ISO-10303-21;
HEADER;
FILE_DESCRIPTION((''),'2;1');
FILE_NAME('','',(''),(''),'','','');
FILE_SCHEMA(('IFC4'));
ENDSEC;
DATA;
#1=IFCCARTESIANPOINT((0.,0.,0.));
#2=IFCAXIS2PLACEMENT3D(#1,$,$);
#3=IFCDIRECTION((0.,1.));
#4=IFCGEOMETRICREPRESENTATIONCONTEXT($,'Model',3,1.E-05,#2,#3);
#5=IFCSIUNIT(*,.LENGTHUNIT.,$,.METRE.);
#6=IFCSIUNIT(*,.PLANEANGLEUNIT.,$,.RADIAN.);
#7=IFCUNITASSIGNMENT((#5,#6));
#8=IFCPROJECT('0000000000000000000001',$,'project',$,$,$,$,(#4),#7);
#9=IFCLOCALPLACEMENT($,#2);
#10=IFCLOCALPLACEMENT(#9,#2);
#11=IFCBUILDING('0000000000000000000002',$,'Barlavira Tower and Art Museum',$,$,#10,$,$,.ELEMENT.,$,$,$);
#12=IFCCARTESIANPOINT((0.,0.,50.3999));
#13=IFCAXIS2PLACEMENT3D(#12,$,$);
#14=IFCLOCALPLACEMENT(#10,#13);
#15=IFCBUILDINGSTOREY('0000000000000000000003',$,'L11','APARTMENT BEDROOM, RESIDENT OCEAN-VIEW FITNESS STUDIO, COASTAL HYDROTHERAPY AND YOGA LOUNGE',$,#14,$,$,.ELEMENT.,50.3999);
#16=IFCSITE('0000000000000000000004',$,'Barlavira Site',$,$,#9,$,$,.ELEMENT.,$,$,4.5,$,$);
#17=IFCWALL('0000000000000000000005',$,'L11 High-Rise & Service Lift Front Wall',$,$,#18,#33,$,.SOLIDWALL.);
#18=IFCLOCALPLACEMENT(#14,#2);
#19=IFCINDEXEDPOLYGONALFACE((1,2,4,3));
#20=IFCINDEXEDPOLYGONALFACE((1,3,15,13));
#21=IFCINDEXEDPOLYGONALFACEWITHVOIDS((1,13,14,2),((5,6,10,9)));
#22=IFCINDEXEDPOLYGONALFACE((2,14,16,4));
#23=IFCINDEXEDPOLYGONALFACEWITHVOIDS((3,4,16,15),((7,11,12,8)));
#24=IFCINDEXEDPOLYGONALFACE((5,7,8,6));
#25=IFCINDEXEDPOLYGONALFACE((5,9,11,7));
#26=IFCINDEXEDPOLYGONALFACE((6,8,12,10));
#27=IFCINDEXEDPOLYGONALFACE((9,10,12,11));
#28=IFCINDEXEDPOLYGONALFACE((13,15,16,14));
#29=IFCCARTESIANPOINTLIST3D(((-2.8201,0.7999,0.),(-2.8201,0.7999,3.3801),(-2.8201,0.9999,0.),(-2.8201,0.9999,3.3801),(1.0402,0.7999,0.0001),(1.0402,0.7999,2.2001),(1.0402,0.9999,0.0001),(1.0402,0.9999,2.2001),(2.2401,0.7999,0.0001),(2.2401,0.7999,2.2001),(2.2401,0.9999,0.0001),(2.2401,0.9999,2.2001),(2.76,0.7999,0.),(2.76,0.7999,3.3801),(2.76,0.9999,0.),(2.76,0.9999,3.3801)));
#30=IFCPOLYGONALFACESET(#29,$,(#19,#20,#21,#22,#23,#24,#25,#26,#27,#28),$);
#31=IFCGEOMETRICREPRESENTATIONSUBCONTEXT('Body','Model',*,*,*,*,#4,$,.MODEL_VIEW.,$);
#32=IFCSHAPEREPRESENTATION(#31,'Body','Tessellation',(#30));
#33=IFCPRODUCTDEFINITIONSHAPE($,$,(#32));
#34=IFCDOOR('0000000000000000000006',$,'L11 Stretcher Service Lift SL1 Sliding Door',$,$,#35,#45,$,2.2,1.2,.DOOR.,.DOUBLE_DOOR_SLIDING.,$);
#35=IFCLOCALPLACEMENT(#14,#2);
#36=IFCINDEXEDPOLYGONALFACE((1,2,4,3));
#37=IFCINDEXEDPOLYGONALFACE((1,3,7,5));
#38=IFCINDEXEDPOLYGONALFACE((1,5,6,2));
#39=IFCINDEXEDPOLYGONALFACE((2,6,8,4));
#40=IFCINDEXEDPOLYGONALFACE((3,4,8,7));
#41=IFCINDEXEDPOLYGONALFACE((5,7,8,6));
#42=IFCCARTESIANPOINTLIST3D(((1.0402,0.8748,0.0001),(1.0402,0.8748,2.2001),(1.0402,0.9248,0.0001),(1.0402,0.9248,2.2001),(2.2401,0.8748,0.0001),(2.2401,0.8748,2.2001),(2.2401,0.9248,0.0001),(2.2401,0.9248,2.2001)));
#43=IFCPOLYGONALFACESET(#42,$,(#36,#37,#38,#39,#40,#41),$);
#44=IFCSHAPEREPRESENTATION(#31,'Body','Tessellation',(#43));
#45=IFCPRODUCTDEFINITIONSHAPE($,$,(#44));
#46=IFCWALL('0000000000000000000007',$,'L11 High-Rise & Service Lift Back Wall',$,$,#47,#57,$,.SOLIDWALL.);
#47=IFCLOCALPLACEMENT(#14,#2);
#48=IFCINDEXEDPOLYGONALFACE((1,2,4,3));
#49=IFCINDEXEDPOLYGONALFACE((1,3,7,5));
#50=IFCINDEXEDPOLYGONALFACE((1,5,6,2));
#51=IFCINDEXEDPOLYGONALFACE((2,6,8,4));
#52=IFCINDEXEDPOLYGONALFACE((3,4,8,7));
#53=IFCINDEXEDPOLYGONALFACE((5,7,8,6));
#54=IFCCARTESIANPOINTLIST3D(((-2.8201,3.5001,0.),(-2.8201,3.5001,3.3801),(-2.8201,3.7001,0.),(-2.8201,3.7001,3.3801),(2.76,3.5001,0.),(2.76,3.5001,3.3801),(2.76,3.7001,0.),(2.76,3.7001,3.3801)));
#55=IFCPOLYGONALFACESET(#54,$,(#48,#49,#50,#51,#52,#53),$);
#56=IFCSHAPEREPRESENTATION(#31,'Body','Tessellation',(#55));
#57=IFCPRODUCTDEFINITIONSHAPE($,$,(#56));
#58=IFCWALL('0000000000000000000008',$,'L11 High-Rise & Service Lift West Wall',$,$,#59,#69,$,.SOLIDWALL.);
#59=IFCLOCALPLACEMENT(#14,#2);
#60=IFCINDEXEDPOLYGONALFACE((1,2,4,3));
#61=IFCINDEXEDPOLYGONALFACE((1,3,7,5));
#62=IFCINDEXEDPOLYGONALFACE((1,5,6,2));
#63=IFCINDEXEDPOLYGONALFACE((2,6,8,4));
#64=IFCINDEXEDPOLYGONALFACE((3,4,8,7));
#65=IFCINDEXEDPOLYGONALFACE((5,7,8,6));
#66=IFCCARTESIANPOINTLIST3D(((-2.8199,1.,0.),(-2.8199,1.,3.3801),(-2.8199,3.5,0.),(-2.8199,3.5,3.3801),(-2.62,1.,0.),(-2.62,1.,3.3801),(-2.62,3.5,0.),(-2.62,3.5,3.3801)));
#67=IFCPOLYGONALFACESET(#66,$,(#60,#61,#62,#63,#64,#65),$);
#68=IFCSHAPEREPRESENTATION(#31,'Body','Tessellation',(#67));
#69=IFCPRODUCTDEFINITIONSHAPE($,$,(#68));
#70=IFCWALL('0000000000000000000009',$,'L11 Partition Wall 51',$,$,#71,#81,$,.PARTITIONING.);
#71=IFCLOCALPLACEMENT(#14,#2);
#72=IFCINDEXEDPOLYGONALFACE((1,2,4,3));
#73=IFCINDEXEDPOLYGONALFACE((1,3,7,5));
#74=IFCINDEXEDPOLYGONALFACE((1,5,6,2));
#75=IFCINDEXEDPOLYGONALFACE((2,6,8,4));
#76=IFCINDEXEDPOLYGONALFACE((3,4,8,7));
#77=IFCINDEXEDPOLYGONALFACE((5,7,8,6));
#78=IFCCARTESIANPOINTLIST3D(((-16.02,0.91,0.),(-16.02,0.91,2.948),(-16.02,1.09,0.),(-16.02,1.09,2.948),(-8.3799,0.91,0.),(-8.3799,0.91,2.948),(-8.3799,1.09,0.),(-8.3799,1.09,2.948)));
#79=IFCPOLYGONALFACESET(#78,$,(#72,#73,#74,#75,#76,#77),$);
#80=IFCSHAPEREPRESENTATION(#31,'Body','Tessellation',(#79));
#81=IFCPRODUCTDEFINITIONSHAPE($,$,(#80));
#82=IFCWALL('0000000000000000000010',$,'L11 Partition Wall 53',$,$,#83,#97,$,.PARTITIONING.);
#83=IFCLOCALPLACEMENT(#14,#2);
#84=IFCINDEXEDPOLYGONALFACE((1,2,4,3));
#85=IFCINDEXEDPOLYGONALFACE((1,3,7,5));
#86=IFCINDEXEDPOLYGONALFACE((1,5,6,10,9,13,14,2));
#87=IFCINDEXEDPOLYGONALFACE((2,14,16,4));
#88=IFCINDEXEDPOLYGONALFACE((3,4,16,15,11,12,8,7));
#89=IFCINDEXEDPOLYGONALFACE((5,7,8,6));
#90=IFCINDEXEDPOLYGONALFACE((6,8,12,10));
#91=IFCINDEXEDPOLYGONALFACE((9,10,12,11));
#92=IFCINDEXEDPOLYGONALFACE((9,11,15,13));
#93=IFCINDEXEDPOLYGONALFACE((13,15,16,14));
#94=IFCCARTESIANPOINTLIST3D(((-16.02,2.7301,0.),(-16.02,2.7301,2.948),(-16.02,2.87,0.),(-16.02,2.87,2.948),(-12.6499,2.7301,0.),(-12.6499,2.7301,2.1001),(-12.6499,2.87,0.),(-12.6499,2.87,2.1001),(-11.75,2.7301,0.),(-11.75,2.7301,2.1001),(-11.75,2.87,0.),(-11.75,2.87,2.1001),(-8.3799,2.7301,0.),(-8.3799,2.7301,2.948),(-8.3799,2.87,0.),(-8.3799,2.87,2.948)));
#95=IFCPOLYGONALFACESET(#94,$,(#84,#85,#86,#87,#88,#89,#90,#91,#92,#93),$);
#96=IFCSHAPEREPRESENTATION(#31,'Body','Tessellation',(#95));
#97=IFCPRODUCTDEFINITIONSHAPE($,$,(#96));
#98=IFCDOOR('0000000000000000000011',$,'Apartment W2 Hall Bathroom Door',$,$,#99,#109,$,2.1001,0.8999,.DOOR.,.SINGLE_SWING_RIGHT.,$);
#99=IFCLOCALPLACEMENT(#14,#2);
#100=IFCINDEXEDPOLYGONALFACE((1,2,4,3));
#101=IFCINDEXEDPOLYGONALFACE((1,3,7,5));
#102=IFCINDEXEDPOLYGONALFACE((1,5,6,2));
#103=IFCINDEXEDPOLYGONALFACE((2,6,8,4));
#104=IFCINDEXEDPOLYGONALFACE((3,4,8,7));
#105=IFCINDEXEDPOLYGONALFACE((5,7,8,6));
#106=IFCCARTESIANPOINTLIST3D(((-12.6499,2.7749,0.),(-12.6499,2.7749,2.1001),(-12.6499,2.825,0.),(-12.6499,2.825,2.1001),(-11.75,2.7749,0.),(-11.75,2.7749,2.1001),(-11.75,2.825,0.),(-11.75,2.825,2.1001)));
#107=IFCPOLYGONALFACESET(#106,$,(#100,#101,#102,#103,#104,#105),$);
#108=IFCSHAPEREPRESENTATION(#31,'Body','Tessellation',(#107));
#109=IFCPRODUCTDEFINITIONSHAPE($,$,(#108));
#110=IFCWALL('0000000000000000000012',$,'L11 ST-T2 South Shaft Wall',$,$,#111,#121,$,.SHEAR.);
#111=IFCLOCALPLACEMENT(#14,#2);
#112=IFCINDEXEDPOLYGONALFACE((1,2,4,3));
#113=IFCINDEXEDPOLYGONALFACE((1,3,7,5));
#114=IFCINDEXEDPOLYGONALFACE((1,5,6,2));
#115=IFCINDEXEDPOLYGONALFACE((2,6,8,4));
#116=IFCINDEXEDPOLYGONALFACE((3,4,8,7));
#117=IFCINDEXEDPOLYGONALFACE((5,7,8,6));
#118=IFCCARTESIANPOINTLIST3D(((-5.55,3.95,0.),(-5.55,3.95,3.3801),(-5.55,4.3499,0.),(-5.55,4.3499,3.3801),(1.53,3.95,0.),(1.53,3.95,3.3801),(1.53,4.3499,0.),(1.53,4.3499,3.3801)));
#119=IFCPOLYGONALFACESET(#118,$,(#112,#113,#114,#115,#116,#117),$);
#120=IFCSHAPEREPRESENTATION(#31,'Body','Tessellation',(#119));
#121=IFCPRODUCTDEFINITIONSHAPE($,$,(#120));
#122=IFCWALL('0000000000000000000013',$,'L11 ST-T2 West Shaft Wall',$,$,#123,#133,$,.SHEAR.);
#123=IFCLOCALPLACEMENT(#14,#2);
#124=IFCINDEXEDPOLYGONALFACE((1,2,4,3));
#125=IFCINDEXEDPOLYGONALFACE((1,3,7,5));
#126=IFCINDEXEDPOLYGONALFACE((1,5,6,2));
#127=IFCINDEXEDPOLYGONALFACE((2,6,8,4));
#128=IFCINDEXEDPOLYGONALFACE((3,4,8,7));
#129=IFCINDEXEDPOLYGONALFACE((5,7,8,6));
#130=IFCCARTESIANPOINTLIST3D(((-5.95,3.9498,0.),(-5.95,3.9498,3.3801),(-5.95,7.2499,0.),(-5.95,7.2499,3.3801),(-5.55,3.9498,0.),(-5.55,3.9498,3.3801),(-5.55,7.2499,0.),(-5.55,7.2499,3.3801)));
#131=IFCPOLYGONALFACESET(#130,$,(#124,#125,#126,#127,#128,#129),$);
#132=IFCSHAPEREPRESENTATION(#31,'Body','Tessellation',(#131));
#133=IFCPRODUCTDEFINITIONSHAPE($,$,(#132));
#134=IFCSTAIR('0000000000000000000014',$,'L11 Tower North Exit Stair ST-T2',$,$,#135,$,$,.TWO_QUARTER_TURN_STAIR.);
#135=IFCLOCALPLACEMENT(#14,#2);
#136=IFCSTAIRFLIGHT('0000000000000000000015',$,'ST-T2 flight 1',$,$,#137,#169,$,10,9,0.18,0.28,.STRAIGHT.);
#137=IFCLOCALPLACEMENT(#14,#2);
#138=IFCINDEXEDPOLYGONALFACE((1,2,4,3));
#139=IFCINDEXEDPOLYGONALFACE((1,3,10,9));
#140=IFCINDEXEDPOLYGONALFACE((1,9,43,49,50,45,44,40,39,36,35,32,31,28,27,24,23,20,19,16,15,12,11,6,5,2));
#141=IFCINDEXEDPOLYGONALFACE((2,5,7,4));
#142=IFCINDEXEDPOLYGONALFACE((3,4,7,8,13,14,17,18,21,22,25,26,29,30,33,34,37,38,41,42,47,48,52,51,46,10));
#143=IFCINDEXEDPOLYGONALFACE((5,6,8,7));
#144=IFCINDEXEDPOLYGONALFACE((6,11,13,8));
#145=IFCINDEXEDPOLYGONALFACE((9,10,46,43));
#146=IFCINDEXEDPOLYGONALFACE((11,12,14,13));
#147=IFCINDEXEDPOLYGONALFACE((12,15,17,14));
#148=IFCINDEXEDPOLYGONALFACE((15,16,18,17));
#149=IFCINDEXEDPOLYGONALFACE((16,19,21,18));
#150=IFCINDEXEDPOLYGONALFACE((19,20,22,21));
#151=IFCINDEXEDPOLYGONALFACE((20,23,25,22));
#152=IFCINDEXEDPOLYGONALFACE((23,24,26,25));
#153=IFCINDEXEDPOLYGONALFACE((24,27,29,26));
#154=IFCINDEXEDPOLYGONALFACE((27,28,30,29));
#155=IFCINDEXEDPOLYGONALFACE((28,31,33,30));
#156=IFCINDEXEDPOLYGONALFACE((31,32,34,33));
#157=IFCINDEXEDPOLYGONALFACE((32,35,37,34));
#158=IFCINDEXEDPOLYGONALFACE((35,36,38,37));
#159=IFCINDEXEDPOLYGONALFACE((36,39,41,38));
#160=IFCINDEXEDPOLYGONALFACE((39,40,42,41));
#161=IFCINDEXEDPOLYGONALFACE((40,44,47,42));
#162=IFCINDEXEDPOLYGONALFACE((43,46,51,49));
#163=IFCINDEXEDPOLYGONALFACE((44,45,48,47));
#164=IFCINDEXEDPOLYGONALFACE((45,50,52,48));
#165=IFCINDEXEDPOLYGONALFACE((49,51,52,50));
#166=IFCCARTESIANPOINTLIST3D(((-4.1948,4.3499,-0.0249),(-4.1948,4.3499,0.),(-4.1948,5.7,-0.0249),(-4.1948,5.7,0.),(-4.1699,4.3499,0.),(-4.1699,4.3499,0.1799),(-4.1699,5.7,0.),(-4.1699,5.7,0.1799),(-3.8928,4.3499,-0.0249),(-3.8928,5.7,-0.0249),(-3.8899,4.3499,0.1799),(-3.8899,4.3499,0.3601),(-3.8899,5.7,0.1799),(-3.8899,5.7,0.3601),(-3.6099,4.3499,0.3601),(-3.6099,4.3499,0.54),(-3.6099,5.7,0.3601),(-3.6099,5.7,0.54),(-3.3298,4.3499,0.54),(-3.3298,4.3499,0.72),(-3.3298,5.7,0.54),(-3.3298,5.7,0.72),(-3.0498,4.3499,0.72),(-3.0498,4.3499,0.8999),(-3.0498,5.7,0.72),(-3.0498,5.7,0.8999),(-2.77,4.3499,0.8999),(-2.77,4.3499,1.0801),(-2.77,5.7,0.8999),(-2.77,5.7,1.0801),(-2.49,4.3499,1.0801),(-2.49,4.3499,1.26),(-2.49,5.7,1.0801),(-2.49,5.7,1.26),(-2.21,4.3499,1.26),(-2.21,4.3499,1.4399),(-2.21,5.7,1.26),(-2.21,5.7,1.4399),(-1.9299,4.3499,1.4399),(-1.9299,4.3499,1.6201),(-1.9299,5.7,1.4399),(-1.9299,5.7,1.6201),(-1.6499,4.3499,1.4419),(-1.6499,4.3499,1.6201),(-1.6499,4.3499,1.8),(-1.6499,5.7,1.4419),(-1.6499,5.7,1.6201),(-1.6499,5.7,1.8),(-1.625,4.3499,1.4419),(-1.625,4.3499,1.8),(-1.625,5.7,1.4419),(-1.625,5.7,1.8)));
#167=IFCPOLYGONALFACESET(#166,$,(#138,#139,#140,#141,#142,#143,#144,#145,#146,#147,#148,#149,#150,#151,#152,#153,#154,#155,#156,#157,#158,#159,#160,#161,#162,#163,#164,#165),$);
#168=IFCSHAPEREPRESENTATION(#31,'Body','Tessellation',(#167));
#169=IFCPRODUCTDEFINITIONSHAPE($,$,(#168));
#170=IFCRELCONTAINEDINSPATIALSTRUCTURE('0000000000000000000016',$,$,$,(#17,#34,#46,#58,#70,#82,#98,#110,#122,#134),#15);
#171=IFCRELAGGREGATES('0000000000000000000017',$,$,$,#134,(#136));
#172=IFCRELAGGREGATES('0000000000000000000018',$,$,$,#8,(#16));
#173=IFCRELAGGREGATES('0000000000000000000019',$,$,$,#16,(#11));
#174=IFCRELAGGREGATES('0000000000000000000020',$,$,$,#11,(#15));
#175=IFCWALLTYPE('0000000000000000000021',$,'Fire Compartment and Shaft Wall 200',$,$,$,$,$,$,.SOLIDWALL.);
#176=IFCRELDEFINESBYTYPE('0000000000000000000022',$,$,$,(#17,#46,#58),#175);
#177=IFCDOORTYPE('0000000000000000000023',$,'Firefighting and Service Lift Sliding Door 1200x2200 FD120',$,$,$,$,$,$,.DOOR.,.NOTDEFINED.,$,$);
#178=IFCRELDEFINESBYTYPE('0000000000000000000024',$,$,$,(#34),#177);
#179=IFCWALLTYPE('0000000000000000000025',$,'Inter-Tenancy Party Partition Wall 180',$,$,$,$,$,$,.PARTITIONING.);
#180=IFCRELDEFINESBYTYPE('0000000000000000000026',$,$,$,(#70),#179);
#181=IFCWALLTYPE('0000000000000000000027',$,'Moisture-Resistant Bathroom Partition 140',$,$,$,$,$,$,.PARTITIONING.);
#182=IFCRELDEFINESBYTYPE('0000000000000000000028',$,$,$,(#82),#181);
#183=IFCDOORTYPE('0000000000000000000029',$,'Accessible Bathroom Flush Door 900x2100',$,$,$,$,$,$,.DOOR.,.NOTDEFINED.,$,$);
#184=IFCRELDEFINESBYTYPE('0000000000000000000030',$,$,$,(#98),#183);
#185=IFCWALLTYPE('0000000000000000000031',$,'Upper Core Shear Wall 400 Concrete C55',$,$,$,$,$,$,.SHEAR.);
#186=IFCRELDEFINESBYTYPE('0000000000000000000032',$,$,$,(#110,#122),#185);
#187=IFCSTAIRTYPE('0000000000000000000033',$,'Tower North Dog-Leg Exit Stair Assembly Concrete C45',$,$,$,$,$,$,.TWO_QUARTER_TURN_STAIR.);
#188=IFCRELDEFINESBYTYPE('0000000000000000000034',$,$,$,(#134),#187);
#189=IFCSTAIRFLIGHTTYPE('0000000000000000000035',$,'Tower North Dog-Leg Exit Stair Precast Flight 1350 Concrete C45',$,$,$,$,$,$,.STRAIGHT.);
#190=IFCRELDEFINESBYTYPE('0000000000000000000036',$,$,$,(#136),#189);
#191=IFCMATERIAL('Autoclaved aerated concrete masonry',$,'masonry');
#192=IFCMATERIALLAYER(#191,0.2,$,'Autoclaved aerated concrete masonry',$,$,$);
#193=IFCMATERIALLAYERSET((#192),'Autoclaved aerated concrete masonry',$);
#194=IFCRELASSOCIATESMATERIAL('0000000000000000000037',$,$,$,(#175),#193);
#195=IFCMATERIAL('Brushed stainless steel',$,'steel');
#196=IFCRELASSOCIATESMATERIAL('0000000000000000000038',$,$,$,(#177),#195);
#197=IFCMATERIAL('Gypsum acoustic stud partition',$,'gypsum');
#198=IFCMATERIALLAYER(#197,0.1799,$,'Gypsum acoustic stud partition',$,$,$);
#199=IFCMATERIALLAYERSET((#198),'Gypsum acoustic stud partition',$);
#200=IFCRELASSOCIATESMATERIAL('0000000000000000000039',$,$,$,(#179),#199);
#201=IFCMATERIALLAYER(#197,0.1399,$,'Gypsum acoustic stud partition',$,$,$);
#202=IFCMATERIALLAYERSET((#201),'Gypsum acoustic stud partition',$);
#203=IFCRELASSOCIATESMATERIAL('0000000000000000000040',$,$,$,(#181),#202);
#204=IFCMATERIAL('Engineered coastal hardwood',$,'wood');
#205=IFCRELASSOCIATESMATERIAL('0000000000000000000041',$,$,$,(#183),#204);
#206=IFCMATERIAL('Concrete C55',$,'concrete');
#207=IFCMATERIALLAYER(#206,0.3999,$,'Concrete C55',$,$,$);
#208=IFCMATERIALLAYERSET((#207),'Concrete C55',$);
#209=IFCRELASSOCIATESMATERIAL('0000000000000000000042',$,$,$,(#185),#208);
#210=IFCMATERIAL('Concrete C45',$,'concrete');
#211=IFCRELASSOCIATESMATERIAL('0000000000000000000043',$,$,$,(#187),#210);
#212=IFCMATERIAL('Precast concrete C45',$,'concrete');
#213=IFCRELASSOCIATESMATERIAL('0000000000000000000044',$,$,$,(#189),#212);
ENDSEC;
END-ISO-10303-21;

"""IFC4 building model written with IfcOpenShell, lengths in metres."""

from ifc_helpers import new_model, si_unit, direction, frame, frame_2d, origin, place, context, subcontext, project, spatial, polyline, rectangle, outline, extrude, material, layer, layer_set, type_object, element, fill, aggregate, save


model = new_model("IFC4")

# Units and contexts
model_context = context("Model", 3, precision=1e-05, world=origin(), true_north=direction((0.0, 1.0)))
body_context = subcontext(model_context, "Body", "Model", "MODEL_VIEW")
ifc_project = project(units=[si_unit("LENGTHUNIT", "METRE"), si_unit("PLANEANGLEUNIT", "RADIAN")], contexts=[model_context])

# Site, building, storey
site_placement = place(None, origin())
site = spatial("IfcSite", under=ifc_project, at=site_placement, Name="Barlavira Site", CompositionType="ELEMENT", RefElevation=4.5)
building_placement = place(site_placement, origin())
building = spatial("IfcBuilding", under=site, at=building_placement, Name="Barlavira Tower and Art Museum", CompositionType="ELEMENT")
storey_placement = place(building_placement, frame((0.0, 0.0, 50.3999)))
storey = spatial("IfcBuildingStorey", under=building, at=storey_placement, Name="L11", Description="APARTMENT BEDROOM, RESIDENT OCEAN-VIEW FITNESS STUDIO, COASTAL HYDROTHERAPY AND YOGA LOUNGE", CompositionType="ELEMENT", Elevation=50.3999)

# Shared definitions
ifc_material_1 = material(Name="Gypsum acoustic stud partition", Category="gypsum")
ifc_material_2 = material(Name="Engineered coastal hardwood", Category="wood")

# Shared definitions
ifc_material_3 = material(Name="Autoclaved aerated concrete masonry", Category="masonry")
ifc_layer_1 = layer(ifc_material_3, 0.2, Name="Autoclaved aerated concrete masonry")
ifc_layer_set_1 = layer_set([ifc_layer_1], Name="Autoclaved aerated concrete masonry")
wall_type_1 = type_object("IfcWallType", Name="Fire Compartment and Shaft Wall 200", PredefinedType="SOLIDWALL", material=ifc_layer_set_1)

# Wall, opening, door
wall_1_placement = place(storey_placement, frame((-2.8201, 0.8999, 0.0), z_axis=(0.0, 0.0, 1.0), x_axis=(1.0, 0.0, 0.0)))
wall_1 = element("IfcWall", 1, at=wall_1_placement, inside=storey, type_object=wall_type_1, Name="L11 High-Rise & Service Lift Front Wall", PredefinedType="SOLIDWALL", context=body_context, shape_type="SweptSolid", body=[
    extrude(rectangle(XDim=5.5801, YDim=0.2, at=frame_2d((2.79, 0.0))), origin(), (0.0, 0.0, 1.0), 3.3801),
])
opening_1_placement = place(wall_1_placement, frame((3.8601, 0.0, 0.0)))
opening_1 = element("IfcOpeningElement", 2, at=opening_1_placement, cuts=wall_1, PredefinedType="OPENING", context=body_context, shape_type="SweptSolid", body=[
    extrude(rectangle(XDim=1.2, YDim=2.2, at=frame_2d((0.6001, 1.1001))), frame((0.0, 0.1099, 0.0), z_axis=(0.0, -1.0, 0.0), x_axis=(1.0, 0.0, 0.0)), (0.0, 0.0, 1.0), 0.22),
])
ifc_material_4 = material(Name="Brushed stainless steel", Category="steel")
door_type_1 = type_object("IfcDoorType", Name="Firefighting and Service Lift Sliding Door 1200x2200 FD120", OperationType="NOTDEFINED", PredefinedType="DOOR", material=ifc_material_4)
door_1_placement = place(opening_1_placement, origin())
door_1 = element("IfcDoor", 3, at=door_1_placement, inside=storey, type_object=door_type_1, Name="L11 Stretcher Service Lift SL1 Sliding Door", OperationType="DOUBLE_DOOR_SLIDING", OverallHeight=2.2, OverallWidth=1.2, PredefinedType="DOOR", context=body_context, shape_type="SweptSolid", body=[
    extrude(rectangle(XDim=1.2, YDim=2.2, at=frame_2d((0.6001, 1.1001))), frame((0.0, 0.0249, 0.0), z_axis=(0.0, -1.0, 0.0), x_axis=(1.0, 0.0, 0.0)), (0.0, 0.0, 1.0), 0.05),
])
fill(opening_1, door_1)

# Walls
wall_2_placement = place(storey_placement, frame((-2.8201, 3.6001, 0.0), z_axis=(0.0, 0.0, 1.0), x_axis=(1.0, 0.0, 0.0)))
element("IfcWall", 4, at=wall_2_placement, inside=storey, type_object=wall_type_1, Name="L11 High-Rise & Service Lift Back Wall", PredefinedType="SOLIDWALL", context=body_context, shape_type="SweptSolid", body=[
    extrude(rectangle(XDim=5.5801, YDim=0.2, at=frame_2d((2.79, 0.0))), origin(), (0.0, 0.0, 1.0), 3.3801),
])
wall_3_placement = place(storey_placement, frame((-2.72, 1.0, 0.0), z_axis=(0.0, 0.0, 1.0), x_axis=(0.0, 1.0, 0.0)))
element("IfcWall", 5, at=wall_3_placement, inside=storey, type_object=wall_type_1, Name="L11 High-Rise & Service Lift West Wall", PredefinedType="SOLIDWALL", context=body_context, shape_type="SweptSolid", body=[
    extrude(rectangle(XDim=2.5, YDim=0.2, at=frame_2d((1.25, 0.0))), origin(), (0.0, 0.0, 1.0), 3.3801),
])
ifc_layer_2 = layer(ifc_material_1, 0.1799, Name="Gypsum acoustic stud partition")
ifc_layer_set_2 = layer_set([ifc_layer_2], Name="Gypsum acoustic stud partition")
wall_type_2 = type_object("IfcWallType", Name="Inter-Tenancy Party Partition Wall 180", PredefinedType="PARTITIONING", material=ifc_layer_set_2)
wall_4_placement = place(storey_placement, frame((-16.02, 1.0, 0.0), z_axis=(0.0, 0.0, 1.0), x_axis=(1.0, 0.0, 0.0)))
element("IfcWall", 6, at=wall_4_placement, inside=storey, type_object=wall_type_2, Name="L11 Partition Wall 51", PredefinedType="PARTITIONING", context=body_context, shape_type="SweptSolid", body=[
    extrude(rectangle(XDim=7.6401, YDim=0.1799, at=frame_2d((3.8201, 0.0))), origin(), (0.0, 0.0, 1.0), 2.948),
])

# Wall, opening, door
ifc_layer_3 = layer(ifc_material_1, 0.1399, Name="Gypsum acoustic stud partition")
ifc_layer_set_3 = layer_set([ifc_layer_3], Name="Gypsum acoustic stud partition")
wall_type_3 = type_object("IfcWallType", Name="Moisture-Resistant Bathroom Partition 140", PredefinedType="PARTITIONING", material=ifc_layer_set_3)
wall_5_placement = place(storey_placement, frame((-16.02, 2.8, 0.0), z_axis=(0.0, 0.0, 1.0), x_axis=(1.0, 0.0, 0.0)))
wall_5 = element("IfcWall", 7, at=wall_5_placement, inside=storey, type_object=wall_type_3, Name="L11 Partition Wall 53", PredefinedType="PARTITIONING", context=body_context, shape_type="SweptSolid", body=[
    extrude(rectangle(XDim=7.6401, YDim=0.1399, at=frame_2d((3.8201, 0.0))), origin(), (0.0, 0.0, 1.0), 2.948),
])
opening_2_placement = place(wall_5_placement, frame((3.3701, 0.0, 0.0)))
opening_2 = element("IfcOpeningElement", 8, at=opening_2_placement, cuts=wall_5, PredefinedType="OPENING", context=body_context, shape_type="SweptSolid", body=[
    extrude(rectangle(XDim=0.8999, YDim=2.1001, at=frame_2d((0.45, 1.05))), frame((0.0, 0.0801, 0.0), z_axis=(0.0, -1.0, 0.0), x_axis=(1.0, 0.0, 0.0)), (0.0, 0.0, 1.0), 0.1599),
])
door_type_2 = type_object("IfcDoorType", Name="Accessible Bathroom Flush Door 900x2100", OperationType="NOTDEFINED", PredefinedType="DOOR", material=ifc_material_2)
door_2_placement = place(opening_2_placement, origin())
door_2 = element("IfcDoor", 9, at=door_2_placement, inside=storey, type_object=door_type_2, Name="Apartment W2 Hall Bathroom Door", OperationType="SINGLE_SWING_RIGHT", OverallHeight=2.1001, OverallWidth=0.8999, PredefinedType="DOOR", context=body_context, shape_type="SweptSolid", body=[
    extrude(rectangle(XDim=0.8999, YDim=2.1001, at=frame_2d((0.45, 1.05))), frame((0.0, 0.0249, 0.0), z_axis=(0.0, -1.0, 0.0), x_axis=(1.0, 0.0, 0.0)), (0.0, 0.0, 1.0), 0.05),
])
fill(opening_2, door_2)

# Walls
ifc_material_5 = material(Name="Concrete C55", Category="concrete")
ifc_layer_4 = layer(ifc_material_5, 0.3999, Name="Concrete C55")
ifc_layer_set_4 = layer_set([ifc_layer_4], Name="Concrete C55")
wall_type_4 = type_object("IfcWallType", Name="Upper Core Shear Wall 400 Concrete C55", PredefinedType="SHEAR", material=ifc_layer_set_4)
wall_6_placement = place(storey_placement, frame((-5.55, 4.1499, 0.0), z_axis=(0.0, 0.0, 1.0), x_axis=(1.0, 0.0, 0.0)))
element("IfcWall", 10, at=wall_6_placement, inside=storey, type_object=wall_type_4, Name="L11 ST-T2 South Shaft Wall", PredefinedType="SHEAR", context=body_context, shape_type="SweptSolid", body=[
    extrude(rectangle(XDim=7.0801, YDim=0.3999, at=frame_2d((3.54, 0.0))), origin(), (0.0, 0.0, 1.0), 3.3801),
])
wall_7_placement = place(storey_placement, frame((-5.75, 3.95, 0.0), z_axis=(0.0, 0.0, 1.0), x_axis=(0.0, 1.0, 0.0)))
element("IfcWall", 11, at=wall_7_placement, inside=storey, type_object=wall_type_4, Name="L11 ST-T2 West Shaft Wall", PredefinedType="SHEAR", context=body_context, shape_type="SweptSolid", body=[
    extrude(rectangle(XDim=3.3, YDim=0.3999, at=frame_2d((1.6499, 0.0))), origin(), (0.0, 0.0, 1.0), 3.3801),
])

# Stair, stair flight
ifc_material_6 = material(Name="Concrete C45", Category="concrete")
stair_type = type_object("IfcStairType", Name="Tower North Dog-Leg Exit Stair Assembly Concrete C45", PredefinedType="TWO_QUARTER_TURN_STAIR", material=ifc_material_6)
stair_placement = place(storey_placement, origin())
stair = element("IfcStair", 12, at=stair_placement, inside=storey, type_object=stair_type, Name="L11 Tower North Exit Stair ST-T2", PredefinedType="TWO_QUARTER_TURN_STAIR")
ifc_material_7 = material(Name="Precast concrete C45", Category="concrete")
stair_flight_type = type_object("IfcStairFlightType", Name="Tower North Dog-Leg Exit Stair Precast Flight 1350 Concrete C45", PredefinedType="STRAIGHT", material=ifc_material_7)
stair_flight_1_placement = place(storey_placement, frame((-4.1699, 5.0249, 0.0), z_axis=(0.0, 0.0, 1.0), x_axis=(1.0, 0.0, 0.0)))
stair_flight_1 = element("IfcStairFlight", 13, at=stair_flight_1_placement, type_object=stair_flight_type, Name="ST-T2 flight 1", NumberOfRisers=10, NumberOfTreads=9, PredefinedType="STRAIGHT", RiserHeight=0.18, TreadLength=0.28, context=body_context, shape_type="SweptSolid", body=[
    extrude(outline(polyline([(-0.0249, 0.0), (0.0, 0.0), (0.0, 0.1799), (0.28, 0.1799), (0.28, 0.3601), (0.5601, 0.3601), (0.5601, 0.54), (0.8401, 0.54), (0.8401, 0.72), (1.1201, 0.72), (1.1201, 0.8999), (1.3999, 0.8999), (1.3999, 1.0801), (1.6799, 1.0801), (1.6799, 1.26), (1.96, 1.26), (1.96, 1.4399), (2.24, 1.4399), (2.24, 1.6201), (2.52, 1.6201), (2.52, 1.8), (2.5449, 1.8), (2.5449, 1.4419), (2.52, 1.4419), (0.2771, -0.0249), (-0.0249, -0.0249), (-0.0249, 0.0)])), frame((0.0, 0.675, 0.0), z_axis=(0.0, -1.0, 0.0), x_axis=(1.0, 0.0, 0.0)), (0.0, 0.0, 1.0), 1.3501),
])
aggregate(stair, [stair_flight_1])

save(model, "model.ifc")
